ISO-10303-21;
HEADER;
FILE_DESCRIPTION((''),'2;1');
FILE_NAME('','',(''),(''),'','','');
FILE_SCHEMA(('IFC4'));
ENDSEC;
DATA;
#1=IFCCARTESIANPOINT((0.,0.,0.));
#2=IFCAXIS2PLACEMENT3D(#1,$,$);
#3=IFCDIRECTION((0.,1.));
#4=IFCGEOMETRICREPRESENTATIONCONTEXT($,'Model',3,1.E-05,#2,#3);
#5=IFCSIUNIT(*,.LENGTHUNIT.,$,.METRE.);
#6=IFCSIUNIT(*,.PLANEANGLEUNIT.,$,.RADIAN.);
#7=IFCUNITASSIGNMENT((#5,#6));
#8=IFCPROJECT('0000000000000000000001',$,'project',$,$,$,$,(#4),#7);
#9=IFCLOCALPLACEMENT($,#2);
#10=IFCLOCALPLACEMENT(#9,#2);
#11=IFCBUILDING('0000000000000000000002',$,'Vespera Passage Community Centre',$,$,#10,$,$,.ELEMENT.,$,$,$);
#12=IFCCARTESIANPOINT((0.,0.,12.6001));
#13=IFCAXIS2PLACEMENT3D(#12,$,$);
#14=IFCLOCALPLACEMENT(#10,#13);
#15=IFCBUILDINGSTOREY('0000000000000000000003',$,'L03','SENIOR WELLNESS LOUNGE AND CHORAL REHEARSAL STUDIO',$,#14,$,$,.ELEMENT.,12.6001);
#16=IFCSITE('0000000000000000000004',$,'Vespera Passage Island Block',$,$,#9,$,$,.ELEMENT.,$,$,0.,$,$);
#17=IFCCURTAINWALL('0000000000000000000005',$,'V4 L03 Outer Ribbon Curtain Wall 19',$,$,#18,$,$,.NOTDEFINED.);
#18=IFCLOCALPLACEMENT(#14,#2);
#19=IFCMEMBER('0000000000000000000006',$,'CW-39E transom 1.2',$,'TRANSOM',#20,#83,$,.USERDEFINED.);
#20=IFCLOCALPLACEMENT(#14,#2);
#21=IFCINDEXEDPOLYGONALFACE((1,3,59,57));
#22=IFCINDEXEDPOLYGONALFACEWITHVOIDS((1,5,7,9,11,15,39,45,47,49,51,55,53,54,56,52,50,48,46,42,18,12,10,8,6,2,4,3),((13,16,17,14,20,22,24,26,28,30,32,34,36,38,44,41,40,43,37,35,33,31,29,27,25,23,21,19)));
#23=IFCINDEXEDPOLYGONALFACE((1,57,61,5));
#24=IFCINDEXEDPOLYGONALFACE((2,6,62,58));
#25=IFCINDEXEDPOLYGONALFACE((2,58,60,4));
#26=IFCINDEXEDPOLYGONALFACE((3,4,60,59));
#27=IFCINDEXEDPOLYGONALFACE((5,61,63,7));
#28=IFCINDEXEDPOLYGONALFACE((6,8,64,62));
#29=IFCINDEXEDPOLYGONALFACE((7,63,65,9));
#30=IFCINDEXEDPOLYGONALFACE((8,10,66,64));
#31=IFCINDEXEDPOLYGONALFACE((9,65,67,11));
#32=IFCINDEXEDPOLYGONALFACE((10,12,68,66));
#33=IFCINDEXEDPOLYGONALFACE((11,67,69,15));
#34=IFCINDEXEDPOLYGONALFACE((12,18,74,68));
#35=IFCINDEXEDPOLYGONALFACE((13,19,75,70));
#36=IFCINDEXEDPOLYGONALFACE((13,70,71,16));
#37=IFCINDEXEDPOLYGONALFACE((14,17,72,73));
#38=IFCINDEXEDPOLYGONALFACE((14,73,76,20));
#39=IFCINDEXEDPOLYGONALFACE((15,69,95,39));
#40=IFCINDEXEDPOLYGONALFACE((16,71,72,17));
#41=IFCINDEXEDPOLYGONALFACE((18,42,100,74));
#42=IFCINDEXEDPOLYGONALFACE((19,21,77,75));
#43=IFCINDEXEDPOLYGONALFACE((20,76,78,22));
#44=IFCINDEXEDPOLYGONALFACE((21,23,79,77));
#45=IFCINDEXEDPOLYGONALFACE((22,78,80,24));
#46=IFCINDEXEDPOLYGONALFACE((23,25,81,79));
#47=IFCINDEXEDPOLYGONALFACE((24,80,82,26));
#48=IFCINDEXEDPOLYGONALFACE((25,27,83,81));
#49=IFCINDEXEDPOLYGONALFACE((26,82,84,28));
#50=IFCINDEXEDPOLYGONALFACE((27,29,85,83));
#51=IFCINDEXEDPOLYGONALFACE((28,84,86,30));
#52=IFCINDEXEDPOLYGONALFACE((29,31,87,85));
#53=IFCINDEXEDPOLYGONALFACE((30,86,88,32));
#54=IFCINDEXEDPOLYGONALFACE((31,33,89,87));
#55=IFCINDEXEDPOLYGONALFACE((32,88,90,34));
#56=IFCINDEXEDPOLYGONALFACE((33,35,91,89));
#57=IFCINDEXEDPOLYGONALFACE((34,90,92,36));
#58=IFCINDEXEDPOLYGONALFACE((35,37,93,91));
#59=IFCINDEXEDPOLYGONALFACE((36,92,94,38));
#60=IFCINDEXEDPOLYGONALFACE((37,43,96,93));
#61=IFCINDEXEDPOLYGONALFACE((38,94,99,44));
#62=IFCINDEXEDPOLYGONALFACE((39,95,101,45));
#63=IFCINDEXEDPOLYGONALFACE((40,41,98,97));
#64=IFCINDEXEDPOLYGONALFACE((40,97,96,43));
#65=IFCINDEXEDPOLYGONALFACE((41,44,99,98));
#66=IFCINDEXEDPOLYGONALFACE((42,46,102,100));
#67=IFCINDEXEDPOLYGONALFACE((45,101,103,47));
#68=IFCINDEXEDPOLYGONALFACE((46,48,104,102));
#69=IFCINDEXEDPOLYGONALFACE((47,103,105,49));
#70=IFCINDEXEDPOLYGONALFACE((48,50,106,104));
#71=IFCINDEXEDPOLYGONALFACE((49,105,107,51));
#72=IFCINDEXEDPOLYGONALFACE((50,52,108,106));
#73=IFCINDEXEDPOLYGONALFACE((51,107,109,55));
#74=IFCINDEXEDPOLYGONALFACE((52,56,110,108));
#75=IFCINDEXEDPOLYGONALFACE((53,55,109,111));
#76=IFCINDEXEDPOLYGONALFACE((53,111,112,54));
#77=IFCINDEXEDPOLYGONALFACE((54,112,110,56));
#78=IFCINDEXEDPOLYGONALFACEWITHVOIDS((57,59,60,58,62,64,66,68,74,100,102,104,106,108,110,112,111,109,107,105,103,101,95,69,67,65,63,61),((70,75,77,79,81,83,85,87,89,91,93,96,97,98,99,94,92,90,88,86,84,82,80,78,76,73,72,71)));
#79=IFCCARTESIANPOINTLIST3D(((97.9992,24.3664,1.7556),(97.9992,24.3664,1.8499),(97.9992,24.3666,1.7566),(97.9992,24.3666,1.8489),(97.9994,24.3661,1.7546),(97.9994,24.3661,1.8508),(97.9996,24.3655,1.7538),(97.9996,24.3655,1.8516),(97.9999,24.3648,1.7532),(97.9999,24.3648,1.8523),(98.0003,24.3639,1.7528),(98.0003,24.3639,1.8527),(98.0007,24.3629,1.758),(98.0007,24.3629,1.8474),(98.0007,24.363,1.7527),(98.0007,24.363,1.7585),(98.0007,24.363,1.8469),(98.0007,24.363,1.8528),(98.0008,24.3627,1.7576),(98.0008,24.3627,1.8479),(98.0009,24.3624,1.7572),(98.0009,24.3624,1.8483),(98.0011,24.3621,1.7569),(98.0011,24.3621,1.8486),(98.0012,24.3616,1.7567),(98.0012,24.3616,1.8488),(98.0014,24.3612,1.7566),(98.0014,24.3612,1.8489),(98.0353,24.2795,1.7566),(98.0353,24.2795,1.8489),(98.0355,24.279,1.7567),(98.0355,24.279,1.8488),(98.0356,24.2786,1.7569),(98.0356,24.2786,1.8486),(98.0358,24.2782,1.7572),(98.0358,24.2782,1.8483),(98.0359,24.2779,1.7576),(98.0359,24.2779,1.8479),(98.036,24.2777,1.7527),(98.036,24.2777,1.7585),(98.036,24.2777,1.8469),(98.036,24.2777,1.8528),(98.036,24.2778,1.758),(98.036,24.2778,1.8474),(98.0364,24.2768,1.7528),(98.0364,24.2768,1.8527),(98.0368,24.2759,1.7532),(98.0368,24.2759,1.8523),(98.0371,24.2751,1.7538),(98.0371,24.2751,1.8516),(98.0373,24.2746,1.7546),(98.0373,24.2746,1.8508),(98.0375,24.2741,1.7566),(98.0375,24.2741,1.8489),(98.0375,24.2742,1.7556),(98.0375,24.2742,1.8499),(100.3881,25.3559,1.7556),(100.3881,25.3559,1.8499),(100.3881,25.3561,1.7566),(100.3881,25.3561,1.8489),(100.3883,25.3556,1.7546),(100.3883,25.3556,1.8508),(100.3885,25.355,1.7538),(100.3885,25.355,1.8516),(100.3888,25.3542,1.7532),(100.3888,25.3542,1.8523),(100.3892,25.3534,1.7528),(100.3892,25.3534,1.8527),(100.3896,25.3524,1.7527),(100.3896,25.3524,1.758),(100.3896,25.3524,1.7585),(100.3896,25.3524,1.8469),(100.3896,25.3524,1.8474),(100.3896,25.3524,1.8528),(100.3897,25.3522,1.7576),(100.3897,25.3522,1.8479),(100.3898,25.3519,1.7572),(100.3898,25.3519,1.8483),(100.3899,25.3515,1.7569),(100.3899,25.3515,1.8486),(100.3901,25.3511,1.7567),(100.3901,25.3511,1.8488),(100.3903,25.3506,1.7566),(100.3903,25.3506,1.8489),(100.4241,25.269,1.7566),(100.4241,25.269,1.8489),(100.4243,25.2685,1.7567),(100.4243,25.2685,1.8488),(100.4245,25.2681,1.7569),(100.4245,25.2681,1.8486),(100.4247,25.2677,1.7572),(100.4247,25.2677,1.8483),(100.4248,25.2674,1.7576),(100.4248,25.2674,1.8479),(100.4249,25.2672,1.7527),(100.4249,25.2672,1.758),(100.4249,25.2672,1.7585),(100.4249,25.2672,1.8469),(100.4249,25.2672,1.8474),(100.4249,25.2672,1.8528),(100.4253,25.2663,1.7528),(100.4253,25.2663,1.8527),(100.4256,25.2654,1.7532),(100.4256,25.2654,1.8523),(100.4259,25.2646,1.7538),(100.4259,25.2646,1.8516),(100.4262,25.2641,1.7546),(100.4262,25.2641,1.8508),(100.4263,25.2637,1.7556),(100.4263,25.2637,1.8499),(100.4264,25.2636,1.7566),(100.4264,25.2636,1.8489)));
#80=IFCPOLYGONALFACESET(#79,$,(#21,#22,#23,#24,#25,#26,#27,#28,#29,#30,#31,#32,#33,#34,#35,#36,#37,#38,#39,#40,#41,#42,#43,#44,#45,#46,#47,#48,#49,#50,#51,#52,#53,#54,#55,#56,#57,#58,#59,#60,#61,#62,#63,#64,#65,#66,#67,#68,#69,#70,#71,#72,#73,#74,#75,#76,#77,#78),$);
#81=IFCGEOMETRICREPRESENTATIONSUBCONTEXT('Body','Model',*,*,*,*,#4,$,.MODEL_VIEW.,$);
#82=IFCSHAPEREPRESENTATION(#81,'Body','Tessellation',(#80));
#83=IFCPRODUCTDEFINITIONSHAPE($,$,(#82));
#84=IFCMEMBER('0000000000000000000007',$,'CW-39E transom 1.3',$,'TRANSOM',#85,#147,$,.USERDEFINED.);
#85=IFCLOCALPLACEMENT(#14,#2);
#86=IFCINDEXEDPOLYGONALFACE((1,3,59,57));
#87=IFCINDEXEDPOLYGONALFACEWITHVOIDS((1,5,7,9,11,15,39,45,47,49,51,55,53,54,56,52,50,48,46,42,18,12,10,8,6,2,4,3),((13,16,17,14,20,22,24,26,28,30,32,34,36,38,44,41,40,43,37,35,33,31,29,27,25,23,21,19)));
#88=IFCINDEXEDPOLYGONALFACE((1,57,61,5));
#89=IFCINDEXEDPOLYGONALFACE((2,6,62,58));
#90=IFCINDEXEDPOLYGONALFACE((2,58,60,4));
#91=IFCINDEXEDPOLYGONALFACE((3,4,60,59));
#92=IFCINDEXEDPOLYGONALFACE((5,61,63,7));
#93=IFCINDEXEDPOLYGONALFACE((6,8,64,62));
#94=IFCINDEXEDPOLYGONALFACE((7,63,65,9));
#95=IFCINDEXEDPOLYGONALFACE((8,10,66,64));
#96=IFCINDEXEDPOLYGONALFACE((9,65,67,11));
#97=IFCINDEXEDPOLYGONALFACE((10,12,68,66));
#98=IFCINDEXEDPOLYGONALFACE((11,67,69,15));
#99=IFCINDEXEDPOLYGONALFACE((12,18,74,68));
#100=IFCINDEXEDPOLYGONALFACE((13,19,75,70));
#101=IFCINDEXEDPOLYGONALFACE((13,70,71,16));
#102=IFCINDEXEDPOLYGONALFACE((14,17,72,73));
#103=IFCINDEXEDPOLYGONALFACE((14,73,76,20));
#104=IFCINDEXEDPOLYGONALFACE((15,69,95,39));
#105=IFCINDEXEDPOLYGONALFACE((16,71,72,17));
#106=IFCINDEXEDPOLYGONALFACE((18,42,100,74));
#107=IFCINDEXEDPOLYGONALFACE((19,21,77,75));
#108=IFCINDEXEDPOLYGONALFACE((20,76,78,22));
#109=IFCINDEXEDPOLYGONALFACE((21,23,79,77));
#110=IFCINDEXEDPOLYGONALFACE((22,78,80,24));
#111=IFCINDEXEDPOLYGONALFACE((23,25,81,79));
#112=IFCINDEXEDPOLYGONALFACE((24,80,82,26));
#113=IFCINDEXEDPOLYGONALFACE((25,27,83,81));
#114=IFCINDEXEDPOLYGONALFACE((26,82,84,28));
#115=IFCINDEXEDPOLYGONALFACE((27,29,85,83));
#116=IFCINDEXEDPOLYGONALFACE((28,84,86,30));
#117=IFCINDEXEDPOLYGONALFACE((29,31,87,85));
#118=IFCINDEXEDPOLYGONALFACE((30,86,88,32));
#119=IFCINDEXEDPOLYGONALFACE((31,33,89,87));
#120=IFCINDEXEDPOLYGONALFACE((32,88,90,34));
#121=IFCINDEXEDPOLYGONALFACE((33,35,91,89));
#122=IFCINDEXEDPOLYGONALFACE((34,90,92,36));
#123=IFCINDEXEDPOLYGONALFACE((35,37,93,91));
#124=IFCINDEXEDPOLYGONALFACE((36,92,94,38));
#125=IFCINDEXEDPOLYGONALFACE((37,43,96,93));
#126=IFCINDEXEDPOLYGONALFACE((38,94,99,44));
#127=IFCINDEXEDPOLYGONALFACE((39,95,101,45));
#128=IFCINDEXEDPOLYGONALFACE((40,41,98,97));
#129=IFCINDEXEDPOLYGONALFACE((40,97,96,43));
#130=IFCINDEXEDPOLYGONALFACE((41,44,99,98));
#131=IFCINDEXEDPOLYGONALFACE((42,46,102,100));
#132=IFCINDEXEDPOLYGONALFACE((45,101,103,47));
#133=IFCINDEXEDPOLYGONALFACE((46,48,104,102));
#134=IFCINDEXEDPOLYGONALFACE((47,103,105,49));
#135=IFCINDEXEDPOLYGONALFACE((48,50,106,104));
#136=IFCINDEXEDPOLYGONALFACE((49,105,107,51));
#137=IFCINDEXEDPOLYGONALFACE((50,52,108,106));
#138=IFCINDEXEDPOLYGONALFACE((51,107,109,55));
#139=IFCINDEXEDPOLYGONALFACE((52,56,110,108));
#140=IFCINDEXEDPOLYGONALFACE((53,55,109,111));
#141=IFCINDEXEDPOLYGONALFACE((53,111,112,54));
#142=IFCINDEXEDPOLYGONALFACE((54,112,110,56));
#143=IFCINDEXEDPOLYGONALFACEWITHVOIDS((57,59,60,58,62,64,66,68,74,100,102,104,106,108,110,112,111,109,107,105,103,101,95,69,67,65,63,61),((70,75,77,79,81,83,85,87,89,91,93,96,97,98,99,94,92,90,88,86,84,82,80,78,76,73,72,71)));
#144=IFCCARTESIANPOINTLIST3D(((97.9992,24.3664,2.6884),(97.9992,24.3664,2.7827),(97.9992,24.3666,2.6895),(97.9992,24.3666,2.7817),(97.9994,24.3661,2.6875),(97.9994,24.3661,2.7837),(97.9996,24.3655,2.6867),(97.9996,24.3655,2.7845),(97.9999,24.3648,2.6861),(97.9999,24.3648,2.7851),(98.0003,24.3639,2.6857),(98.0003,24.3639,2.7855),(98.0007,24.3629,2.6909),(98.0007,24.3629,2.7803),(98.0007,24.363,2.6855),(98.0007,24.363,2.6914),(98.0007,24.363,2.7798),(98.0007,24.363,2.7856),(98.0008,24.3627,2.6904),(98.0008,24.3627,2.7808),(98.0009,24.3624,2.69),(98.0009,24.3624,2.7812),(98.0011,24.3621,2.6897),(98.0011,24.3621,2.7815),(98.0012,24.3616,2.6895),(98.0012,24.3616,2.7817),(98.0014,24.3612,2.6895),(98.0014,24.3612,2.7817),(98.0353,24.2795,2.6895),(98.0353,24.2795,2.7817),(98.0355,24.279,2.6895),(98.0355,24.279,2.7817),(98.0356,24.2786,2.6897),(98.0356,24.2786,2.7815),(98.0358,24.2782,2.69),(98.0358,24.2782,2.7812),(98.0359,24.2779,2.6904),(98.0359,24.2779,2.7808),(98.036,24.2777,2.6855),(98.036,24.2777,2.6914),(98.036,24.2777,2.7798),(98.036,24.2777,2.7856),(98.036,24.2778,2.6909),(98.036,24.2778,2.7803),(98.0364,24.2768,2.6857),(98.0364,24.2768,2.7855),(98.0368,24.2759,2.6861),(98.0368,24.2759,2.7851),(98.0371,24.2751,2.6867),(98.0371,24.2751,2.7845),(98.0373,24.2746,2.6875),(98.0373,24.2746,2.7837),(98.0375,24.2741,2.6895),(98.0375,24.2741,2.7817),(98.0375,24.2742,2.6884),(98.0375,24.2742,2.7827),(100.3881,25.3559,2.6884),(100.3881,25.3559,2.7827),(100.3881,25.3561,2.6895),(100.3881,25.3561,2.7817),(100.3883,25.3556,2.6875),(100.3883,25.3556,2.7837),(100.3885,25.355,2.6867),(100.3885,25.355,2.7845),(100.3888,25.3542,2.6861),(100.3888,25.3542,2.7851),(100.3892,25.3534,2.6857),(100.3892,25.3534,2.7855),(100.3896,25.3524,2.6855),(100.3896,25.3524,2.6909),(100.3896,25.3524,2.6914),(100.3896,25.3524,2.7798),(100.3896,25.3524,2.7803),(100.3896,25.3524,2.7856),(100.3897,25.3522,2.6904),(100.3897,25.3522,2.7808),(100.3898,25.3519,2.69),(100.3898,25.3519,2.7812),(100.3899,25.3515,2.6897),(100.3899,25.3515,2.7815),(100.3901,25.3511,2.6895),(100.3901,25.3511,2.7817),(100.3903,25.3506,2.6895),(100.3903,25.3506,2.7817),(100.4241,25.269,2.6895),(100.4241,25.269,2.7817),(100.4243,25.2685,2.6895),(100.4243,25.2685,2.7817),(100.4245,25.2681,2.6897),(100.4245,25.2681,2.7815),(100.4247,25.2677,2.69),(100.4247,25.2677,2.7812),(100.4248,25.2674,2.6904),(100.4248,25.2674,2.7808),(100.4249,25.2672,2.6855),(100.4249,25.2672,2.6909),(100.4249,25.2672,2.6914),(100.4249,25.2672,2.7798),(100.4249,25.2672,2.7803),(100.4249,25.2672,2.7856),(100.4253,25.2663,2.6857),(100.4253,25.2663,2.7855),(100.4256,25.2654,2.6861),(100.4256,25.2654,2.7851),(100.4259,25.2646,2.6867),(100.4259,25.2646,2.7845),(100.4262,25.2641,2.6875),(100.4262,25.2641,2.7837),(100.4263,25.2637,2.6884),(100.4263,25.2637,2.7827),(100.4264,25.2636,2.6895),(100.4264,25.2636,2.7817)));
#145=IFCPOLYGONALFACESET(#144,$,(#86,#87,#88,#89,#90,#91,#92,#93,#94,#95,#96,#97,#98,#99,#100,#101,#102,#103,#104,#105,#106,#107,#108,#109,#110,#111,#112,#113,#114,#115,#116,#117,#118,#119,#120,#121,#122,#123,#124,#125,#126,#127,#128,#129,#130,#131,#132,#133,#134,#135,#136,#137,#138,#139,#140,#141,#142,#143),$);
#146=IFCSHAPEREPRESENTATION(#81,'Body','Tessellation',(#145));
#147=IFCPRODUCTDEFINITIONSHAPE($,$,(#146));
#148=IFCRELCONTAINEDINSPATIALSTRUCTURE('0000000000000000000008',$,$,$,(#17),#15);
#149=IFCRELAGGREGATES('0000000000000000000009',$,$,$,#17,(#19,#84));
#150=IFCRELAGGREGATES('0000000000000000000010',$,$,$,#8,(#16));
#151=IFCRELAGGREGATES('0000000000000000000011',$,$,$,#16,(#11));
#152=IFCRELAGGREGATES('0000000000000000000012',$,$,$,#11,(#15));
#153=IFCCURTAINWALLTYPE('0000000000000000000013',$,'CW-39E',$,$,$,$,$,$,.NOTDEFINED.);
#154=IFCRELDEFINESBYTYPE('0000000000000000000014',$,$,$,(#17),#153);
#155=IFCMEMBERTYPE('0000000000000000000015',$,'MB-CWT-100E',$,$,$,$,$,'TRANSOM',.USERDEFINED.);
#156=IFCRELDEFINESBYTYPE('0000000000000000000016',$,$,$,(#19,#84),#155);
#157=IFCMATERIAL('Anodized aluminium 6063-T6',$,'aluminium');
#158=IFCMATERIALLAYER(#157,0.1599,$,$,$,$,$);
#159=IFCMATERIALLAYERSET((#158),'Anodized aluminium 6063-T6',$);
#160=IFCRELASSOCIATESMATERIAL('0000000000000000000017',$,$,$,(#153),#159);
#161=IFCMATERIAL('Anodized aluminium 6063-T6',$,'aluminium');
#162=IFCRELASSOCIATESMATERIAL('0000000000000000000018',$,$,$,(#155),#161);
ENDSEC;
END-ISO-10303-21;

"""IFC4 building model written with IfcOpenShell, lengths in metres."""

from ifc_helpers import new_model, si_unit, direction, frame, origin, origin_2d, place, context, subcontext, project, spatial, hollow_rectangle, extrude, material, layer, layer_set, material_profile, profile_set, type_object, element, aggregate, save


model = new_model("IFC4")

# Units and contexts
model_context = context("Model", 3, precision=1e-05, world=origin(), true_north=direction((0.0, 1.0)))
body_context = subcontext(model_context, "Body", "Model", "MODEL_VIEW")
ifc_project = project(units=[si_unit("LENGTHUNIT", "METRE"), si_unit("PLANEANGLEUNIT", "RADIAN")], contexts=[model_context])

# Site, building, storey
site_placement = place(None, origin())
site = spatial("IfcSite", under=ifc_project, at=site_placement, Name="Vespera Passage Island Block", CompositionType="ELEMENT", RefElevation=0.0)
building_placement = place(site_placement, origin())
building = spatial("IfcBuilding", under=site, at=building_placement, Name="Vespera Passage Community Centre", CompositionType="ELEMENT")
storey_placement = place(building_placement, frame((0.0, 0.0, 12.6001)))
storey = spatial("IfcBuildingStorey", under=building, at=storey_placement, Name="L03", Description="SENIOR WELLNESS LOUNGE AND CHORAL REHEARSAL STUDIO", CompositionType="ELEMENT", Elevation=12.6001)

# Curtain wall
ifc_material_1 = material(Name="Anodized aluminium 6063-T6", Category="aluminium")
ifc_layer_1 = layer(ifc_material_1, 0.1599)
ifc_layer_set_1 = layer_set([ifc_layer_1], Name="Anodized aluminium 6063-T6")
curtain_wall_type_1 = type_object("IfcCurtainWallType", Name="CW-39E", PredefinedType="NOTDEFINED", material=ifc_layer_set_1)
curtain_wall_1_placement = place(storey_placement, origin())
curtain_wall_1 = element("IfcCurtainWall", 1, at=curtain_wall_1_placement, inside=storey, type_object=curtain_wall_type_1, Name="V4 L03 Outer Ribbon Curtain Wall 19", PredefinedType="NOTDEFINED")

# Members
ifc_material_2 = material(Name="Anodized aluminium 6063-T6", Category="aluminium")
ifc_material_profile_1 = material_profile(ifc_material_2, hollow_rectangle(XDim=0.1001, YDim=0.1001, WallThickness=0.0039, InnerFilletRadius=0.002, OuterFilletRadius=0.0039, at=origin_2d()), Name="ALU100X100X4")
ifc_profile_set_1 = profile_set([ifc_material_profile_1], Name="Anodized aluminium 6063-T6")
member_type_1 = type_object("IfcMemberType", Name="MB-CWT-100E", ElementType="TRANSOM", PredefinedType="USERDEFINED", material=ifc_profile_set_1)
member_1_placement = place(storey_placement, frame((100.4072, 25.3098, 1.8027), z_axis=(-0.923882, -0.382677, 0.0), x_axis=(0.382677, -0.923882, 0.0)))
member_1 = element("IfcMember", 2, at=member_1_placement, type_object=member_type_1, Name="CW-39E transom 1.2", ObjectType="TRANSOM", PredefinedType="USERDEFINED", context=body_context, shape_type="SweptSolid", body=[
    extrude(hollow_rectangle(XDim=0.1001, YDim=0.1001, WallThickness=0.0039, InnerFilletRadius=0.002, OuterFilletRadius=0.0039, at=origin_2d()), origin(), (0.0, 0.0, 1.0), 2.5857),
])
member_2_placement = place(storey_placement, frame((100.4072, 25.3098, 2.7356), z_axis=(-0.923882, -0.382677, 0.0), x_axis=(0.382677, -0.923882, 0.0)))
member_2 = element("IfcMember", 3, at=member_2_placement, type_object=member_type_1, Name="CW-39E transom 1.3", ObjectType="TRANSOM", PredefinedType="USERDEFINED", context=body_context, shape_type="SweptSolid", body=[
    extrude(hollow_rectangle(XDim=0.1001, YDim=0.1001, WallThickness=0.0039, InnerFilletRadius=0.002, OuterFilletRadius=0.0039, at=origin_2d()), origin(), (0.0, 0.0, 1.0), 2.5857),
])

aggregate(curtain_wall_1, [member_1, member_2])

save(model, "model.ifc")
